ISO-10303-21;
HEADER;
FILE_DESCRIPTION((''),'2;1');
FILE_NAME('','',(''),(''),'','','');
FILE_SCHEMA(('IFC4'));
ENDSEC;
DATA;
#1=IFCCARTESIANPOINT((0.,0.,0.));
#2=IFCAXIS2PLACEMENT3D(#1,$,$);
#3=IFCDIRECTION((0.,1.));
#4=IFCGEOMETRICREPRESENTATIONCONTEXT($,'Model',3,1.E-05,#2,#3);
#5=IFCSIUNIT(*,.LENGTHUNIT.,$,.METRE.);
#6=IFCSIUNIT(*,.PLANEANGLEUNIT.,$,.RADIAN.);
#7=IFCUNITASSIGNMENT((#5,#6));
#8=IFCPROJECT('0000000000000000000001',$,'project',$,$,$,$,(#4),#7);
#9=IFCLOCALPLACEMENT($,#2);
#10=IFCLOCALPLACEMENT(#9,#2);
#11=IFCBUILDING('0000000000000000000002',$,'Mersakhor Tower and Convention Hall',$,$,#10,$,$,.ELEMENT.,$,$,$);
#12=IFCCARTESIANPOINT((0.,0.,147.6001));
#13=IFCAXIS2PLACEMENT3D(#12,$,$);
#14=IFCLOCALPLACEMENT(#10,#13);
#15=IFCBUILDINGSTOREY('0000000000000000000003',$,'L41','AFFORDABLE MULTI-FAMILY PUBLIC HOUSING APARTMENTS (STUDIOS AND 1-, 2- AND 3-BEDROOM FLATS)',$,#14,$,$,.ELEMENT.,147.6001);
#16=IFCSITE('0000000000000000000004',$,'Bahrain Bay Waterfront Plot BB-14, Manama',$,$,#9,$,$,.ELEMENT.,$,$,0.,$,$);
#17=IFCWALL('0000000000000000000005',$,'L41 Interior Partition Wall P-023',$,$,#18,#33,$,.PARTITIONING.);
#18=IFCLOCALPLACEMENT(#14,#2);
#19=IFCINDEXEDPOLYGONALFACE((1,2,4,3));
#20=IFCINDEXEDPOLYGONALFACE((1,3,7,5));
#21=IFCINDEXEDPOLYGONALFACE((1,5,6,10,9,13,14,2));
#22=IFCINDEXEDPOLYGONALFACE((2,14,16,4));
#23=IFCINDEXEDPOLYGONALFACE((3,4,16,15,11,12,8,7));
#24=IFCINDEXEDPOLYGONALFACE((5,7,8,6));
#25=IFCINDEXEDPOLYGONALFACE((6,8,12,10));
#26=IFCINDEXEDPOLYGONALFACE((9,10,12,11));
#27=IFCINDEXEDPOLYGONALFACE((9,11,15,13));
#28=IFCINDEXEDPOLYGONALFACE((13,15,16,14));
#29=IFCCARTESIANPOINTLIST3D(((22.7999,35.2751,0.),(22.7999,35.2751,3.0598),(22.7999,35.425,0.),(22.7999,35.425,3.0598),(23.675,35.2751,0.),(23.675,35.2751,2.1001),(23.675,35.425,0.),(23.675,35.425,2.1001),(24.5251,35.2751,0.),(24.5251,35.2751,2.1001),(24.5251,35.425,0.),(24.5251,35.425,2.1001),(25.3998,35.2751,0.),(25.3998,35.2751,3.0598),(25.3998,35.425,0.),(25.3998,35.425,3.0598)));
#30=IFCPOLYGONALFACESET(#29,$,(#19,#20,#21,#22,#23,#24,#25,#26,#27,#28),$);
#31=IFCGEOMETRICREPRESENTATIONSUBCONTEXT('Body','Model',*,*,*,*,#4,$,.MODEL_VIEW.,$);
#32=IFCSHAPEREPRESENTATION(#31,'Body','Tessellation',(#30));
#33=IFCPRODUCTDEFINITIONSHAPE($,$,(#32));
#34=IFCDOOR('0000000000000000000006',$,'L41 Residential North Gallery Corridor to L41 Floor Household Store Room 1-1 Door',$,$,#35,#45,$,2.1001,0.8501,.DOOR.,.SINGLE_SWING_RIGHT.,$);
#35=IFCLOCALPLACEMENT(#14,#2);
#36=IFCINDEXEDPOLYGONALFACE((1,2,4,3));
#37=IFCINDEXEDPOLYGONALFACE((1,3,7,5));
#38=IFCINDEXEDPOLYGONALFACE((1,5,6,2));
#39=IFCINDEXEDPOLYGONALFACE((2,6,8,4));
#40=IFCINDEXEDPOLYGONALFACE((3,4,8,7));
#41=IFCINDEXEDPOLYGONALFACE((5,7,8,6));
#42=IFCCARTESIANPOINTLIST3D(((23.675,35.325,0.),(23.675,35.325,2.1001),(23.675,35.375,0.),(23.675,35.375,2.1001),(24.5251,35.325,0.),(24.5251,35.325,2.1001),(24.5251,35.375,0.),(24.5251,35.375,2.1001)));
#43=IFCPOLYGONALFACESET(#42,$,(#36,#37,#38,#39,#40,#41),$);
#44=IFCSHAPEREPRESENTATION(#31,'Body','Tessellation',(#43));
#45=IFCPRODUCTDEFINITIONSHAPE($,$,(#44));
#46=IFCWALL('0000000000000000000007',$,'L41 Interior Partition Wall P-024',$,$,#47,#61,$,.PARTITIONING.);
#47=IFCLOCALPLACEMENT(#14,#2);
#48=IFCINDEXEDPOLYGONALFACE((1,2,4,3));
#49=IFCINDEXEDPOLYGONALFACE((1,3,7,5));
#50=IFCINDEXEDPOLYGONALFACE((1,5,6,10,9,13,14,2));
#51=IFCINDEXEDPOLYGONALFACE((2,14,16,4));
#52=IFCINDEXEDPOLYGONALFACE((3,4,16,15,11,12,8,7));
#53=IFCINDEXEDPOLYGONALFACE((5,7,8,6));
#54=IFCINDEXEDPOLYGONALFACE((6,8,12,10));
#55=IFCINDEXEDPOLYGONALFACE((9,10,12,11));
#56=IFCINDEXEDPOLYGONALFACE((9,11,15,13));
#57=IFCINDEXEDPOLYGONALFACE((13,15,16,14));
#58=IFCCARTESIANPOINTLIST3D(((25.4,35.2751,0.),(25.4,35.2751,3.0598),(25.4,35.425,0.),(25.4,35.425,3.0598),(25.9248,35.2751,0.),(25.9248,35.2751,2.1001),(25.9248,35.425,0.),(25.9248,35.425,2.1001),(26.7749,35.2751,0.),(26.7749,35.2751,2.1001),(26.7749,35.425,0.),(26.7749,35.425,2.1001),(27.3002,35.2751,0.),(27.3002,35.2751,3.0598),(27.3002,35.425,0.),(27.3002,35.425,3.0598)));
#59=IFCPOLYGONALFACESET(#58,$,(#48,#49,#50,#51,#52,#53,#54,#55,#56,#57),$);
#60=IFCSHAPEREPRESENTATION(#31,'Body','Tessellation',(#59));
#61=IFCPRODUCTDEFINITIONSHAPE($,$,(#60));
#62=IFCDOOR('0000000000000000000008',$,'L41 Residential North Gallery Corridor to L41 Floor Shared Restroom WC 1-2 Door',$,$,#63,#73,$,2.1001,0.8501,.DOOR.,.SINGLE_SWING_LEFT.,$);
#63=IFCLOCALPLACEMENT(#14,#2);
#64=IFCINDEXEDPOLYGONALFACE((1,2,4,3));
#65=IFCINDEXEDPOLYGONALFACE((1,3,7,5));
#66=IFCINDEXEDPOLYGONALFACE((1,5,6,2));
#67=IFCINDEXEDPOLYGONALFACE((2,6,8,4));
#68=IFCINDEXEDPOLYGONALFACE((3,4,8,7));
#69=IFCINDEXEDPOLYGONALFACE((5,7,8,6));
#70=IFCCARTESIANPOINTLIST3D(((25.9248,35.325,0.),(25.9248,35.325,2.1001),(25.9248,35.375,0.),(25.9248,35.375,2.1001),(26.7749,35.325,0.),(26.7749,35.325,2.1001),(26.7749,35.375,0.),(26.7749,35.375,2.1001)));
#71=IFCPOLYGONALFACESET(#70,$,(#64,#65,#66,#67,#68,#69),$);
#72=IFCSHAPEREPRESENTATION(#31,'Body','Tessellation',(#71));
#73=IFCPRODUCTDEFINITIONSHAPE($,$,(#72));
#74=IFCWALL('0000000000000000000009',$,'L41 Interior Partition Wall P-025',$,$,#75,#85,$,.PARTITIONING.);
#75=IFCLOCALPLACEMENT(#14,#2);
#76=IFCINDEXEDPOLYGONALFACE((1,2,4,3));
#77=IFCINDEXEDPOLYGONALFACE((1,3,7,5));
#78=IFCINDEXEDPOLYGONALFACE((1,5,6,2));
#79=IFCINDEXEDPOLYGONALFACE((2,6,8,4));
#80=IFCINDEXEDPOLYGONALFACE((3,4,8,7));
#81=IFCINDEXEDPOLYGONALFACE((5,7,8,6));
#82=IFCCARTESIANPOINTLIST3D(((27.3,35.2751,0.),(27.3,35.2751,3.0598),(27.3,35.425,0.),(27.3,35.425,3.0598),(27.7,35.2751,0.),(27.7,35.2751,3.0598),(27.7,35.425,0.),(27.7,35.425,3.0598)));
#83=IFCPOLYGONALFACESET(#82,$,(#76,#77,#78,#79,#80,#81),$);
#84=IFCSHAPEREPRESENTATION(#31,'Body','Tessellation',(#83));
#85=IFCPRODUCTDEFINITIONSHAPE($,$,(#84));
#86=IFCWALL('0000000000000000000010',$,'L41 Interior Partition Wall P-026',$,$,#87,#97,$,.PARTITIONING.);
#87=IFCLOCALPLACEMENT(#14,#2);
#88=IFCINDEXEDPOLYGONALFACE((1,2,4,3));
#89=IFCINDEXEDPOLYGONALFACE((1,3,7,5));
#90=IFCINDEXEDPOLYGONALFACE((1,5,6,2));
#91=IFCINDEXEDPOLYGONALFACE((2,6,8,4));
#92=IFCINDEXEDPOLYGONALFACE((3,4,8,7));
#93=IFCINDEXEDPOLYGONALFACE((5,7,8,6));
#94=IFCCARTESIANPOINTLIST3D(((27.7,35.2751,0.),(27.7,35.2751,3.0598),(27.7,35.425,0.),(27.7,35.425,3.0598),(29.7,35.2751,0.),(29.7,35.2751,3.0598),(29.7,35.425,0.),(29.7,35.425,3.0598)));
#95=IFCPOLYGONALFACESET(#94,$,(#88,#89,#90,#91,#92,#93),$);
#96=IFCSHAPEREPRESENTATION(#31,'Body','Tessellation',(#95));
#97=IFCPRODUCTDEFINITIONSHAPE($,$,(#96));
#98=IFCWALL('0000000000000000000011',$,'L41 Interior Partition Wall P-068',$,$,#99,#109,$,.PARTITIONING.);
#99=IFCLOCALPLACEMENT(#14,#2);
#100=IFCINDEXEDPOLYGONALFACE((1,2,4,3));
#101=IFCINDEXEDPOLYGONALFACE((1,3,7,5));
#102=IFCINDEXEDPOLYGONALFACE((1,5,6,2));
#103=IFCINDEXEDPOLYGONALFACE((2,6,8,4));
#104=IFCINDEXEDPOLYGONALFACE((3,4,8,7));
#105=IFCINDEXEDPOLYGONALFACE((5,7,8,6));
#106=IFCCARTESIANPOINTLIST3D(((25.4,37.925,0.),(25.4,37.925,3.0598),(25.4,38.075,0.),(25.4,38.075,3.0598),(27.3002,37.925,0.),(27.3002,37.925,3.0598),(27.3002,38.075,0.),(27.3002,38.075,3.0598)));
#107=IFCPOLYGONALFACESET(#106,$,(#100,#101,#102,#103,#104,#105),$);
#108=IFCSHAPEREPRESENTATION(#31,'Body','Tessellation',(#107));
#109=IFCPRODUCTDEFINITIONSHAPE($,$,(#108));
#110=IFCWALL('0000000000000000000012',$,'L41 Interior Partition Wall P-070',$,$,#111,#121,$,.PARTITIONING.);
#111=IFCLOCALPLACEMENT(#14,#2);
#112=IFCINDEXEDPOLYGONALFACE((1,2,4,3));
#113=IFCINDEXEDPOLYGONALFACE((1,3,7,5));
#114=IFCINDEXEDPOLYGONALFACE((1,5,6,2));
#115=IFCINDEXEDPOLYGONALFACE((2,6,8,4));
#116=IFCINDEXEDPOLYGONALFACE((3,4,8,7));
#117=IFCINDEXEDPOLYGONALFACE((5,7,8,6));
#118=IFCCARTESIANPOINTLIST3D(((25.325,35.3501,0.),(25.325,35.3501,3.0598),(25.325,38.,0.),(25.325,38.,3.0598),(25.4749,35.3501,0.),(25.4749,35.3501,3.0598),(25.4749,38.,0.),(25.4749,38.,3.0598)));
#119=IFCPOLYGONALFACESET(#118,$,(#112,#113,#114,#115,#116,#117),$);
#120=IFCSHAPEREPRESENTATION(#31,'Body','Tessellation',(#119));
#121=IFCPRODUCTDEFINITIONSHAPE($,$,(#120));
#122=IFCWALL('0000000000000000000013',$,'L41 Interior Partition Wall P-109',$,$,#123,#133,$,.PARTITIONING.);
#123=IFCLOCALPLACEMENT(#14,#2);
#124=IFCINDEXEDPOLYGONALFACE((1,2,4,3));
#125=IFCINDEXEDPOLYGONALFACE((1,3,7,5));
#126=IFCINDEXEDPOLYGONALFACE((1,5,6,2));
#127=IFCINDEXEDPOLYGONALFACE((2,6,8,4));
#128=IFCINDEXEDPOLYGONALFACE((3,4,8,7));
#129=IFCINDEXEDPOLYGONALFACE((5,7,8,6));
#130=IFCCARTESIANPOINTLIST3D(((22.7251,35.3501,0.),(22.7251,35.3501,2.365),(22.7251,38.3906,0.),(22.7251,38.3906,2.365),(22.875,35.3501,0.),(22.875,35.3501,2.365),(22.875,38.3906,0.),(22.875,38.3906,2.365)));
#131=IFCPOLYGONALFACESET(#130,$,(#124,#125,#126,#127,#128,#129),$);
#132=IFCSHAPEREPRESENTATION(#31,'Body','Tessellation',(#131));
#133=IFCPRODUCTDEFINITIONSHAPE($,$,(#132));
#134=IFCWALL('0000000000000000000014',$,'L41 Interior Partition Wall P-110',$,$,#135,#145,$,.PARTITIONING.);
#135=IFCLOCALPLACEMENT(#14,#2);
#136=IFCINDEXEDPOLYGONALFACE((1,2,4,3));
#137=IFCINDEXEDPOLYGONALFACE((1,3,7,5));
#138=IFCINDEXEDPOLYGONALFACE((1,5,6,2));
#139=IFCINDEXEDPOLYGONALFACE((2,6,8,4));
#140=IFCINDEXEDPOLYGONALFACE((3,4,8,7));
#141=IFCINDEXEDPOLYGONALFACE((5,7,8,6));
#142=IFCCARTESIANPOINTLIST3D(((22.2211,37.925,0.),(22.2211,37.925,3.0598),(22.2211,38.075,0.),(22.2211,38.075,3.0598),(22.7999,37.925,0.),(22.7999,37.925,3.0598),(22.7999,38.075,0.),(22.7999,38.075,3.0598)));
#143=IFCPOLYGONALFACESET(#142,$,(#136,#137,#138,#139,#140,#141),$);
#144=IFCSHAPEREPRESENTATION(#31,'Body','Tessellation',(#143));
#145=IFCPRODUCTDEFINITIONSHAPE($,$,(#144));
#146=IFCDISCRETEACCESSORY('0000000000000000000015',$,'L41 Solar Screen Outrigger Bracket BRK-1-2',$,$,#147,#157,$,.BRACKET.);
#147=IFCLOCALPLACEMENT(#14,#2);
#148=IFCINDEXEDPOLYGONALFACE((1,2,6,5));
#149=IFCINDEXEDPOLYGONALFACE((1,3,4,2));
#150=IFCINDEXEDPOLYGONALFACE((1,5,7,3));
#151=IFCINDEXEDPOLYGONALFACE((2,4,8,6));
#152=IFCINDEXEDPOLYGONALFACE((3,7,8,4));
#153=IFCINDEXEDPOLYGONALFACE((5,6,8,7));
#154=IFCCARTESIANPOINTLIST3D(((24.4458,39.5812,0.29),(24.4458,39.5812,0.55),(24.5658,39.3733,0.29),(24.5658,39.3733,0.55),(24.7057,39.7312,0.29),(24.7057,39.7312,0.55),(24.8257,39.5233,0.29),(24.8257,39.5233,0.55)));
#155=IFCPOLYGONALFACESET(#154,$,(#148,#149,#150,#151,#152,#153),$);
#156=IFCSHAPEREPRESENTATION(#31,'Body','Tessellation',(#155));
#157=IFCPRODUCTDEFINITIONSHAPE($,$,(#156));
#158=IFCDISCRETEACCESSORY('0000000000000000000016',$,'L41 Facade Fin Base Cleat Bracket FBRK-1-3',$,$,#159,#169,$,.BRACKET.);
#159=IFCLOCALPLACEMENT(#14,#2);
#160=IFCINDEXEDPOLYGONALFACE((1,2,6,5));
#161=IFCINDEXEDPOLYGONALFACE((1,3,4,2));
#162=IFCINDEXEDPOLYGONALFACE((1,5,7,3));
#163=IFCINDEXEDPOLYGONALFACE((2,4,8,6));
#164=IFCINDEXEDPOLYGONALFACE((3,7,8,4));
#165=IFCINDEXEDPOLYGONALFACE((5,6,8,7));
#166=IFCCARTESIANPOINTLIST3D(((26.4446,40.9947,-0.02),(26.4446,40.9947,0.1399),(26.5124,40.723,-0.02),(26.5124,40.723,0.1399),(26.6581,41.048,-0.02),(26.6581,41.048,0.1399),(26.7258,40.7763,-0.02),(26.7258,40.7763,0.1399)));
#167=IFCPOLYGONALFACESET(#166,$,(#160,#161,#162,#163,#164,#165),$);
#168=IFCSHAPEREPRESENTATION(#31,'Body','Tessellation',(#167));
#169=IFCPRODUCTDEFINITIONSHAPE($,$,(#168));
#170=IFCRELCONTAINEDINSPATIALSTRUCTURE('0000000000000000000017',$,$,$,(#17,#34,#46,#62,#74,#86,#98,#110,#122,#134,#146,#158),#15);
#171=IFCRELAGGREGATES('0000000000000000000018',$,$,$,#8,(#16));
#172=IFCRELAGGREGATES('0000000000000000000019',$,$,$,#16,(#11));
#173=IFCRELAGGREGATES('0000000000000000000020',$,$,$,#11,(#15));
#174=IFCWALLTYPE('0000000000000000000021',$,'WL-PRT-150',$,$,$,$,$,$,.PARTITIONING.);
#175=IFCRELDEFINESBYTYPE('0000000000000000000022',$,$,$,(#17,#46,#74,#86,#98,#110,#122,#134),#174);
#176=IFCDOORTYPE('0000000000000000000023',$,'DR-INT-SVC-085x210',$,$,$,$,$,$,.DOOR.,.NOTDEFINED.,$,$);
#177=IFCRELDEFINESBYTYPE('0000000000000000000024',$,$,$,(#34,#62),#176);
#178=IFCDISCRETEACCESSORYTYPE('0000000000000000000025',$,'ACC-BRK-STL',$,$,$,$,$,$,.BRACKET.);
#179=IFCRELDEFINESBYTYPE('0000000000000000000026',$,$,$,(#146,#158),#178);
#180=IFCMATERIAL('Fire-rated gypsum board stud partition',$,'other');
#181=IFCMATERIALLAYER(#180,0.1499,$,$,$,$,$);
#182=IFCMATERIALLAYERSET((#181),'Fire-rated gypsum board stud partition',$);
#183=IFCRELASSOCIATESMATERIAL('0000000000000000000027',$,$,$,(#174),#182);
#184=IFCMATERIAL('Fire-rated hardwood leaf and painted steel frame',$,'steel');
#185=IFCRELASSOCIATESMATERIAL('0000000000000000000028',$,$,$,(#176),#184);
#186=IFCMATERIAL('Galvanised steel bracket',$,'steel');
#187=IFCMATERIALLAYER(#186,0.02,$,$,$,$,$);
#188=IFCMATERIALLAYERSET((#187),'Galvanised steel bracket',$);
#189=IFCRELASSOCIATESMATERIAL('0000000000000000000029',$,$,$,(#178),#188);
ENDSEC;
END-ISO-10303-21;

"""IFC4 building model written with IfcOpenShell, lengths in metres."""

from ifc_helpers import new_model, si_unit, direction, frame, frame_2d, origin, origin_2d, place, context, subcontext, project, spatial, rectangle, extrude, material, layer, layer_set, type_object, element, fill, save


model = new_model("IFC4")

# Units and contexts
model_context = context("Model", 3, precision=1e-05, world=origin(), true_north=direction((0.0, 1.0)))
body_context = subcontext(model_context, "Body", "Model", "MODEL_VIEW")
ifc_project = project(units=[si_unit("LENGTHUNIT", "METRE"), si_unit("PLANEANGLEUNIT", "RADIAN")], contexts=[model_context])

# Site, building, storey
site_placement = place(None, origin())
site = spatial("IfcSite", under=ifc_project, at=site_placement, Name="Bahrain Bay Waterfront Plot BB-14, Manama", CompositionType="ELEMENT", RefElevation=0.0)
building_placement = place(site_placement, origin())
building = spatial("IfcBuilding", under=site, at=building_placement, Name="Mersakhor Tower and Convention Hall", CompositionType="ELEMENT")
storey_placement = place(building_placement, frame((0.0, 0.0, 147.6001)))
storey = spatial("IfcBuildingStorey", under=building, at=storey_placement, Name="L41", Description="AFFORDABLE MULTI-FAMILY PUBLIC HOUSING APARTMENTS (STUDIOS AND 1-, 2- AND 3-BEDROOM FLATS)", CompositionType="ELEMENT", Elevation=147.6001)

# Shared definitions
ifc_material_1 = material(Name="Fire-rated gypsum board stud partition", Category="other")
ifc_layer_1 = layer(ifc_material_1, 0.1499)
ifc_layer_set_1 = layer_set([ifc_layer_1], Name="Fire-rated gypsum board stud partition")
wall_type_1 = type_object("IfcWallType", Name="WL-PRT-150", PredefinedType="PARTITIONING", material=ifc_layer_set_1)

# Walls, openings, doors
wall_1_placement = place(storey_placement, frame((22.8, 35.3501, 0.0), z_axis=(0.0, 0.0, 1.0), x_axis=(1.0, 0.0, 0.0)))
wall_1 = element("IfcWall", 1, at=wall_1_placement, inside=storey, type_object=wall_type_1, Name="L41 Interior Partition Wall P-023", PredefinedType="PARTITIONING", context=body_context, shape_type="SweptSolid", body=[
    extrude(rectangle(XDim=2.5999, YDim=0.1499, at=frame_2d((1.2998, 0.0))), origin(), (0.0, 0.0, 1.0), 3.0598),
])
opening_1_placement = place(wall_1_placement, frame((0.875, 0.0, 0.0)))
opening_1 = element("IfcOpeningElement", 2, at=opening_1_placement, cuts=wall_1, PredefinedType="OPENING", context=body_context, shape_type="SweptSolid", body=[
    extrude(rectangle(XDim=0.8501, YDim=2.1001, at=frame_2d((0.425, 1.05))), frame((0.0, 0.085, 0.0), z_axis=(0.0, -1.0, 0.0), x_axis=(1.0, 0.0, 0.0)), (0.0, 0.0, 1.0), 0.1699),
])
ifc_material_2 = material(Name="Fire-rated hardwood leaf and painted steel frame", Category="steel")
door_type = type_object("IfcDoorType", Name="DR-INT-SVC-085x210", OperationType="NOTDEFINED", PredefinedType="DOOR", material=ifc_material_2)
door_1_placement = place(opening_1_placement, origin())
door_1 = element("IfcDoor", 3, at=door_1_placement, inside=storey, type_object=door_type, Name="L41 Residential North Gallery Corridor to L41 Floor Household Store Room 1-1 Door", OperationType="SINGLE_SWING_RIGHT", OverallHeight=2.1001, OverallWidth=0.8501, PredefinedType="DOOR", context=body_context, shape_type="SweptSolid", body=[
    extrude(rectangle(XDim=0.8501, YDim=2.1001, at=frame_2d((0.425, 1.05))), frame((0.0, 0.0249, 0.0), z_axis=(0.0, -1.0, 0.0), x_axis=(1.0, 0.0, 0.0)), (0.0, 0.0, 1.0), 0.05),
])
fill(opening_1, door_1)
wall_2_placement = place(storey_placement, frame((25.3999, 35.3501, 0.0), z_axis=(0.0, 0.0, 1.0), x_axis=(1.0, 0.0, 0.0)))
wall_2 = element("IfcWall", 4, at=wall_2_placement, inside=storey, type_object=wall_type_1, Name="L41 Interior Partition Wall P-024", PredefinedType="PARTITIONING", context=body_context, shape_type="SweptSolid", body=[
    extrude(rectangle(XDim=1.9001, YDim=0.1499, at=frame_2d((0.9502, 0.0))), origin(), (0.0, 0.0, 1.0), 3.0598),
])
opening_2_placement = place(wall_2_placement, frame((0.5249, 0.0, 0.0)))
opening_2 = element("IfcOpeningElement", 5, at=opening_2_placement, cuts=wall_2, PredefinedType="OPENING", context=body_context, shape_type="SweptSolid", body=[
    extrude(rectangle(XDim=0.8501, YDim=2.1001, at=frame_2d((0.425, 1.05))), frame((0.0, 0.085, 0.0), z_axis=(0.0, -1.0, 0.0), x_axis=(1.0, 0.0, 0.0)), (0.0, 0.0, 1.0), 0.1699),
])
door_2_placement = place(opening_2_placement, origin())
door_2 = element("IfcDoor", 6, at=door_2_placement, inside=storey, type_object=door_type, Name="L41 Residential North Gallery Corridor to L41 Floor Shared Restroom WC 1-2 Door", OperationType="SINGLE_SWING_LEFT", OverallHeight=2.1001, OverallWidth=0.8501, PredefinedType="DOOR", context=body_context, shape_type="SweptSolid", body=[
    extrude(rectangle(XDim=0.8501, YDim=2.1001, at=frame_2d((0.425, 1.05))), frame((0.0, 0.0249, 0.0), z_axis=(0.0, -1.0, 0.0), x_axis=(1.0, 0.0, 0.0)), (0.0, 0.0, 1.0), 0.05),
])
fill(opening_2, door_2)

# Walls
wall_3_placement = place(storey_placement, frame((27.3, 35.3501, 0.0), z_axis=(0.0, 0.0, 1.0), x_axis=(1.0, 0.0, 0.0)))
element("IfcWall", 7, at=wall_3_placement, inside=storey, type_object=wall_type_1, Name="L41 Interior Partition Wall P-025", PredefinedType="PARTITIONING", context=body_context, shape_type="SweptSolid", body=[
    extrude(rectangle(XDim=0.3999, YDim=0.1499, at=frame_2d((0.2, 0.0))), origin(), (0.0, 0.0, 1.0), 3.0598),
])
wall_4_placement = place(storey_placement, frame((27.7, 35.3501, 0.0), z_axis=(0.0, 0.0, 1.0), x_axis=(1.0, 0.0, 0.0)))
element("IfcWall", 8, at=wall_4_placement, inside=storey, type_object=wall_type_1, Name="L41 Interior Partition Wall P-026", PredefinedType="PARTITIONING", context=body_context, shape_type="SweptSolid", body=[
    extrude(rectangle(XDim=2.0, YDim=0.1499, at=frame_2d((1.0, 0.0))), origin(), (0.0, 0.0, 1.0), 3.0598),
])
wall_5_placement = place(storey_placement, frame((25.3999, 38.0, 0.0), z_axis=(0.0, 0.0, 1.0), x_axis=(1.0, 0.0, 0.0)))
element("IfcWall", 9, at=wall_5_placement, inside=storey, type_object=wall_type_1, Name="L41 Interior Partition Wall P-068", PredefinedType="PARTITIONING", context=body_context, shape_type="SweptSolid", body=[
    extrude(rectangle(XDim=1.9001, YDim=0.1499, at=frame_2d((0.9502, 0.0))), origin(), (0.0, 0.0, 1.0), 3.0598),
])
wall_6_placement = place(storey_placement, frame((25.3999, 35.3501, 0.0), z_axis=(0.0, 0.0, 1.0), x_axis=(0.0, 1.0, 0.0)))
element("IfcWall", 10, at=wall_6_placement, inside=storey, type_object=wall_type_1, Name="L41 Interior Partition Wall P-070", PredefinedType="PARTITIONING", context=body_context, shape_type="SweptSolid", body=[
    extrude(rectangle(XDim=2.6499, YDim=0.1499, at=frame_2d((1.325, 0.0))), origin(), (0.0, 0.0, 1.0), 3.0598),
])
wall_7_placement = place(storey_placement, frame((22.8, 35.3501, 0.0), z_axis=(0.0, 0.0, 1.0), x_axis=(0.0, 1.0, 0.0)))
element("IfcWall", 11, at=wall_7_placement, inside=storey, type_object=wall_type_1, Name="L41 Interior Partition Wall P-109", PredefinedType="PARTITIONING", context=body_context, shape_type="SweptSolid", body=[
    extrude(rectangle(XDim=3.0405, YDim=0.1499, at=frame_2d((1.5203, 0.0))), origin(), (0.0, 0.0, 1.0), 2.365),
])
wall_8_placement = place(storey_placement, frame((22.8, 38.0, 0.0), z_axis=(0.0, 0.0, 1.0), x_axis=(-1.0, 0.0, 0.0)))
element("IfcWall", 12, at=wall_8_placement, inside=storey, type_object=wall_type_1, Name="L41 Interior Partition Wall P-110", PredefinedType="PARTITIONING", context=body_context, shape_type="SweptSolid", body=[
    extrude(rectangle(XDim=0.5789, YDim=0.1499, at=frame_2d((0.2896, 0.0))), origin(), (0.0, 0.0, 1.0), 3.0598),
])

# Discrete accessories
ifc_material_3 = material(Name="Galvanised steel bracket", Category="steel")
ifc_layer_2 = layer(ifc_material_3, 0.02)
ifc_layer_set_2 = layer_set([ifc_layer_2], Name="Galvanised steel bracket")
discrete_accessory_type = type_object("IfcDiscreteAccessoryType", Name="ACC-BRK-STL", PredefinedType="BRACKET", material=ifc_layer_set_2)
discrete_accessory_1_placement = place(storey_placement, frame((24.6357, 39.5522, 0.29), z_axis=(0.0, 0.0, 1.0), x_axis=(0.866025, 0.5, 0.0)))
element("IfcDiscreteAccessory", 13, at=discrete_accessory_1_placement, inside=storey, type_object=discrete_accessory_type, Name="L41 Solar Screen Outrigger Bracket BRK-1-2", PredefinedType="BRACKET", context=body_context, shape_type="SweptSolid", body=[
    extrude(rectangle(XDim=0.3, YDim=0.24, at=origin_2d()), origin(), (0.0, 0.0, 1.0), 0.26),
])
discrete_accessory_2_placement = place(storey_placement, frame((26.5852, 40.8855, -0.02), z_axis=(0.0, 0.0, 1.0), x_axis=(-0.241922, 0.970296, 0.0)))
element("IfcDiscreteAccessory", 14, at=discrete_accessory_2_placement, inside=storey, type_object=discrete_accessory_type, Name="L41 Facade Fin Base Cleat Bracket FBRK-1-3", PredefinedType="BRACKET", context=body_context, shape_type="SweptSolid", body=[
    extrude(rectangle(XDim=0.28, YDim=0.22, at=origin_2d()), origin(), (0.0, 0.0, 1.0), 0.1599),
])

save(model, "model.ifc")
